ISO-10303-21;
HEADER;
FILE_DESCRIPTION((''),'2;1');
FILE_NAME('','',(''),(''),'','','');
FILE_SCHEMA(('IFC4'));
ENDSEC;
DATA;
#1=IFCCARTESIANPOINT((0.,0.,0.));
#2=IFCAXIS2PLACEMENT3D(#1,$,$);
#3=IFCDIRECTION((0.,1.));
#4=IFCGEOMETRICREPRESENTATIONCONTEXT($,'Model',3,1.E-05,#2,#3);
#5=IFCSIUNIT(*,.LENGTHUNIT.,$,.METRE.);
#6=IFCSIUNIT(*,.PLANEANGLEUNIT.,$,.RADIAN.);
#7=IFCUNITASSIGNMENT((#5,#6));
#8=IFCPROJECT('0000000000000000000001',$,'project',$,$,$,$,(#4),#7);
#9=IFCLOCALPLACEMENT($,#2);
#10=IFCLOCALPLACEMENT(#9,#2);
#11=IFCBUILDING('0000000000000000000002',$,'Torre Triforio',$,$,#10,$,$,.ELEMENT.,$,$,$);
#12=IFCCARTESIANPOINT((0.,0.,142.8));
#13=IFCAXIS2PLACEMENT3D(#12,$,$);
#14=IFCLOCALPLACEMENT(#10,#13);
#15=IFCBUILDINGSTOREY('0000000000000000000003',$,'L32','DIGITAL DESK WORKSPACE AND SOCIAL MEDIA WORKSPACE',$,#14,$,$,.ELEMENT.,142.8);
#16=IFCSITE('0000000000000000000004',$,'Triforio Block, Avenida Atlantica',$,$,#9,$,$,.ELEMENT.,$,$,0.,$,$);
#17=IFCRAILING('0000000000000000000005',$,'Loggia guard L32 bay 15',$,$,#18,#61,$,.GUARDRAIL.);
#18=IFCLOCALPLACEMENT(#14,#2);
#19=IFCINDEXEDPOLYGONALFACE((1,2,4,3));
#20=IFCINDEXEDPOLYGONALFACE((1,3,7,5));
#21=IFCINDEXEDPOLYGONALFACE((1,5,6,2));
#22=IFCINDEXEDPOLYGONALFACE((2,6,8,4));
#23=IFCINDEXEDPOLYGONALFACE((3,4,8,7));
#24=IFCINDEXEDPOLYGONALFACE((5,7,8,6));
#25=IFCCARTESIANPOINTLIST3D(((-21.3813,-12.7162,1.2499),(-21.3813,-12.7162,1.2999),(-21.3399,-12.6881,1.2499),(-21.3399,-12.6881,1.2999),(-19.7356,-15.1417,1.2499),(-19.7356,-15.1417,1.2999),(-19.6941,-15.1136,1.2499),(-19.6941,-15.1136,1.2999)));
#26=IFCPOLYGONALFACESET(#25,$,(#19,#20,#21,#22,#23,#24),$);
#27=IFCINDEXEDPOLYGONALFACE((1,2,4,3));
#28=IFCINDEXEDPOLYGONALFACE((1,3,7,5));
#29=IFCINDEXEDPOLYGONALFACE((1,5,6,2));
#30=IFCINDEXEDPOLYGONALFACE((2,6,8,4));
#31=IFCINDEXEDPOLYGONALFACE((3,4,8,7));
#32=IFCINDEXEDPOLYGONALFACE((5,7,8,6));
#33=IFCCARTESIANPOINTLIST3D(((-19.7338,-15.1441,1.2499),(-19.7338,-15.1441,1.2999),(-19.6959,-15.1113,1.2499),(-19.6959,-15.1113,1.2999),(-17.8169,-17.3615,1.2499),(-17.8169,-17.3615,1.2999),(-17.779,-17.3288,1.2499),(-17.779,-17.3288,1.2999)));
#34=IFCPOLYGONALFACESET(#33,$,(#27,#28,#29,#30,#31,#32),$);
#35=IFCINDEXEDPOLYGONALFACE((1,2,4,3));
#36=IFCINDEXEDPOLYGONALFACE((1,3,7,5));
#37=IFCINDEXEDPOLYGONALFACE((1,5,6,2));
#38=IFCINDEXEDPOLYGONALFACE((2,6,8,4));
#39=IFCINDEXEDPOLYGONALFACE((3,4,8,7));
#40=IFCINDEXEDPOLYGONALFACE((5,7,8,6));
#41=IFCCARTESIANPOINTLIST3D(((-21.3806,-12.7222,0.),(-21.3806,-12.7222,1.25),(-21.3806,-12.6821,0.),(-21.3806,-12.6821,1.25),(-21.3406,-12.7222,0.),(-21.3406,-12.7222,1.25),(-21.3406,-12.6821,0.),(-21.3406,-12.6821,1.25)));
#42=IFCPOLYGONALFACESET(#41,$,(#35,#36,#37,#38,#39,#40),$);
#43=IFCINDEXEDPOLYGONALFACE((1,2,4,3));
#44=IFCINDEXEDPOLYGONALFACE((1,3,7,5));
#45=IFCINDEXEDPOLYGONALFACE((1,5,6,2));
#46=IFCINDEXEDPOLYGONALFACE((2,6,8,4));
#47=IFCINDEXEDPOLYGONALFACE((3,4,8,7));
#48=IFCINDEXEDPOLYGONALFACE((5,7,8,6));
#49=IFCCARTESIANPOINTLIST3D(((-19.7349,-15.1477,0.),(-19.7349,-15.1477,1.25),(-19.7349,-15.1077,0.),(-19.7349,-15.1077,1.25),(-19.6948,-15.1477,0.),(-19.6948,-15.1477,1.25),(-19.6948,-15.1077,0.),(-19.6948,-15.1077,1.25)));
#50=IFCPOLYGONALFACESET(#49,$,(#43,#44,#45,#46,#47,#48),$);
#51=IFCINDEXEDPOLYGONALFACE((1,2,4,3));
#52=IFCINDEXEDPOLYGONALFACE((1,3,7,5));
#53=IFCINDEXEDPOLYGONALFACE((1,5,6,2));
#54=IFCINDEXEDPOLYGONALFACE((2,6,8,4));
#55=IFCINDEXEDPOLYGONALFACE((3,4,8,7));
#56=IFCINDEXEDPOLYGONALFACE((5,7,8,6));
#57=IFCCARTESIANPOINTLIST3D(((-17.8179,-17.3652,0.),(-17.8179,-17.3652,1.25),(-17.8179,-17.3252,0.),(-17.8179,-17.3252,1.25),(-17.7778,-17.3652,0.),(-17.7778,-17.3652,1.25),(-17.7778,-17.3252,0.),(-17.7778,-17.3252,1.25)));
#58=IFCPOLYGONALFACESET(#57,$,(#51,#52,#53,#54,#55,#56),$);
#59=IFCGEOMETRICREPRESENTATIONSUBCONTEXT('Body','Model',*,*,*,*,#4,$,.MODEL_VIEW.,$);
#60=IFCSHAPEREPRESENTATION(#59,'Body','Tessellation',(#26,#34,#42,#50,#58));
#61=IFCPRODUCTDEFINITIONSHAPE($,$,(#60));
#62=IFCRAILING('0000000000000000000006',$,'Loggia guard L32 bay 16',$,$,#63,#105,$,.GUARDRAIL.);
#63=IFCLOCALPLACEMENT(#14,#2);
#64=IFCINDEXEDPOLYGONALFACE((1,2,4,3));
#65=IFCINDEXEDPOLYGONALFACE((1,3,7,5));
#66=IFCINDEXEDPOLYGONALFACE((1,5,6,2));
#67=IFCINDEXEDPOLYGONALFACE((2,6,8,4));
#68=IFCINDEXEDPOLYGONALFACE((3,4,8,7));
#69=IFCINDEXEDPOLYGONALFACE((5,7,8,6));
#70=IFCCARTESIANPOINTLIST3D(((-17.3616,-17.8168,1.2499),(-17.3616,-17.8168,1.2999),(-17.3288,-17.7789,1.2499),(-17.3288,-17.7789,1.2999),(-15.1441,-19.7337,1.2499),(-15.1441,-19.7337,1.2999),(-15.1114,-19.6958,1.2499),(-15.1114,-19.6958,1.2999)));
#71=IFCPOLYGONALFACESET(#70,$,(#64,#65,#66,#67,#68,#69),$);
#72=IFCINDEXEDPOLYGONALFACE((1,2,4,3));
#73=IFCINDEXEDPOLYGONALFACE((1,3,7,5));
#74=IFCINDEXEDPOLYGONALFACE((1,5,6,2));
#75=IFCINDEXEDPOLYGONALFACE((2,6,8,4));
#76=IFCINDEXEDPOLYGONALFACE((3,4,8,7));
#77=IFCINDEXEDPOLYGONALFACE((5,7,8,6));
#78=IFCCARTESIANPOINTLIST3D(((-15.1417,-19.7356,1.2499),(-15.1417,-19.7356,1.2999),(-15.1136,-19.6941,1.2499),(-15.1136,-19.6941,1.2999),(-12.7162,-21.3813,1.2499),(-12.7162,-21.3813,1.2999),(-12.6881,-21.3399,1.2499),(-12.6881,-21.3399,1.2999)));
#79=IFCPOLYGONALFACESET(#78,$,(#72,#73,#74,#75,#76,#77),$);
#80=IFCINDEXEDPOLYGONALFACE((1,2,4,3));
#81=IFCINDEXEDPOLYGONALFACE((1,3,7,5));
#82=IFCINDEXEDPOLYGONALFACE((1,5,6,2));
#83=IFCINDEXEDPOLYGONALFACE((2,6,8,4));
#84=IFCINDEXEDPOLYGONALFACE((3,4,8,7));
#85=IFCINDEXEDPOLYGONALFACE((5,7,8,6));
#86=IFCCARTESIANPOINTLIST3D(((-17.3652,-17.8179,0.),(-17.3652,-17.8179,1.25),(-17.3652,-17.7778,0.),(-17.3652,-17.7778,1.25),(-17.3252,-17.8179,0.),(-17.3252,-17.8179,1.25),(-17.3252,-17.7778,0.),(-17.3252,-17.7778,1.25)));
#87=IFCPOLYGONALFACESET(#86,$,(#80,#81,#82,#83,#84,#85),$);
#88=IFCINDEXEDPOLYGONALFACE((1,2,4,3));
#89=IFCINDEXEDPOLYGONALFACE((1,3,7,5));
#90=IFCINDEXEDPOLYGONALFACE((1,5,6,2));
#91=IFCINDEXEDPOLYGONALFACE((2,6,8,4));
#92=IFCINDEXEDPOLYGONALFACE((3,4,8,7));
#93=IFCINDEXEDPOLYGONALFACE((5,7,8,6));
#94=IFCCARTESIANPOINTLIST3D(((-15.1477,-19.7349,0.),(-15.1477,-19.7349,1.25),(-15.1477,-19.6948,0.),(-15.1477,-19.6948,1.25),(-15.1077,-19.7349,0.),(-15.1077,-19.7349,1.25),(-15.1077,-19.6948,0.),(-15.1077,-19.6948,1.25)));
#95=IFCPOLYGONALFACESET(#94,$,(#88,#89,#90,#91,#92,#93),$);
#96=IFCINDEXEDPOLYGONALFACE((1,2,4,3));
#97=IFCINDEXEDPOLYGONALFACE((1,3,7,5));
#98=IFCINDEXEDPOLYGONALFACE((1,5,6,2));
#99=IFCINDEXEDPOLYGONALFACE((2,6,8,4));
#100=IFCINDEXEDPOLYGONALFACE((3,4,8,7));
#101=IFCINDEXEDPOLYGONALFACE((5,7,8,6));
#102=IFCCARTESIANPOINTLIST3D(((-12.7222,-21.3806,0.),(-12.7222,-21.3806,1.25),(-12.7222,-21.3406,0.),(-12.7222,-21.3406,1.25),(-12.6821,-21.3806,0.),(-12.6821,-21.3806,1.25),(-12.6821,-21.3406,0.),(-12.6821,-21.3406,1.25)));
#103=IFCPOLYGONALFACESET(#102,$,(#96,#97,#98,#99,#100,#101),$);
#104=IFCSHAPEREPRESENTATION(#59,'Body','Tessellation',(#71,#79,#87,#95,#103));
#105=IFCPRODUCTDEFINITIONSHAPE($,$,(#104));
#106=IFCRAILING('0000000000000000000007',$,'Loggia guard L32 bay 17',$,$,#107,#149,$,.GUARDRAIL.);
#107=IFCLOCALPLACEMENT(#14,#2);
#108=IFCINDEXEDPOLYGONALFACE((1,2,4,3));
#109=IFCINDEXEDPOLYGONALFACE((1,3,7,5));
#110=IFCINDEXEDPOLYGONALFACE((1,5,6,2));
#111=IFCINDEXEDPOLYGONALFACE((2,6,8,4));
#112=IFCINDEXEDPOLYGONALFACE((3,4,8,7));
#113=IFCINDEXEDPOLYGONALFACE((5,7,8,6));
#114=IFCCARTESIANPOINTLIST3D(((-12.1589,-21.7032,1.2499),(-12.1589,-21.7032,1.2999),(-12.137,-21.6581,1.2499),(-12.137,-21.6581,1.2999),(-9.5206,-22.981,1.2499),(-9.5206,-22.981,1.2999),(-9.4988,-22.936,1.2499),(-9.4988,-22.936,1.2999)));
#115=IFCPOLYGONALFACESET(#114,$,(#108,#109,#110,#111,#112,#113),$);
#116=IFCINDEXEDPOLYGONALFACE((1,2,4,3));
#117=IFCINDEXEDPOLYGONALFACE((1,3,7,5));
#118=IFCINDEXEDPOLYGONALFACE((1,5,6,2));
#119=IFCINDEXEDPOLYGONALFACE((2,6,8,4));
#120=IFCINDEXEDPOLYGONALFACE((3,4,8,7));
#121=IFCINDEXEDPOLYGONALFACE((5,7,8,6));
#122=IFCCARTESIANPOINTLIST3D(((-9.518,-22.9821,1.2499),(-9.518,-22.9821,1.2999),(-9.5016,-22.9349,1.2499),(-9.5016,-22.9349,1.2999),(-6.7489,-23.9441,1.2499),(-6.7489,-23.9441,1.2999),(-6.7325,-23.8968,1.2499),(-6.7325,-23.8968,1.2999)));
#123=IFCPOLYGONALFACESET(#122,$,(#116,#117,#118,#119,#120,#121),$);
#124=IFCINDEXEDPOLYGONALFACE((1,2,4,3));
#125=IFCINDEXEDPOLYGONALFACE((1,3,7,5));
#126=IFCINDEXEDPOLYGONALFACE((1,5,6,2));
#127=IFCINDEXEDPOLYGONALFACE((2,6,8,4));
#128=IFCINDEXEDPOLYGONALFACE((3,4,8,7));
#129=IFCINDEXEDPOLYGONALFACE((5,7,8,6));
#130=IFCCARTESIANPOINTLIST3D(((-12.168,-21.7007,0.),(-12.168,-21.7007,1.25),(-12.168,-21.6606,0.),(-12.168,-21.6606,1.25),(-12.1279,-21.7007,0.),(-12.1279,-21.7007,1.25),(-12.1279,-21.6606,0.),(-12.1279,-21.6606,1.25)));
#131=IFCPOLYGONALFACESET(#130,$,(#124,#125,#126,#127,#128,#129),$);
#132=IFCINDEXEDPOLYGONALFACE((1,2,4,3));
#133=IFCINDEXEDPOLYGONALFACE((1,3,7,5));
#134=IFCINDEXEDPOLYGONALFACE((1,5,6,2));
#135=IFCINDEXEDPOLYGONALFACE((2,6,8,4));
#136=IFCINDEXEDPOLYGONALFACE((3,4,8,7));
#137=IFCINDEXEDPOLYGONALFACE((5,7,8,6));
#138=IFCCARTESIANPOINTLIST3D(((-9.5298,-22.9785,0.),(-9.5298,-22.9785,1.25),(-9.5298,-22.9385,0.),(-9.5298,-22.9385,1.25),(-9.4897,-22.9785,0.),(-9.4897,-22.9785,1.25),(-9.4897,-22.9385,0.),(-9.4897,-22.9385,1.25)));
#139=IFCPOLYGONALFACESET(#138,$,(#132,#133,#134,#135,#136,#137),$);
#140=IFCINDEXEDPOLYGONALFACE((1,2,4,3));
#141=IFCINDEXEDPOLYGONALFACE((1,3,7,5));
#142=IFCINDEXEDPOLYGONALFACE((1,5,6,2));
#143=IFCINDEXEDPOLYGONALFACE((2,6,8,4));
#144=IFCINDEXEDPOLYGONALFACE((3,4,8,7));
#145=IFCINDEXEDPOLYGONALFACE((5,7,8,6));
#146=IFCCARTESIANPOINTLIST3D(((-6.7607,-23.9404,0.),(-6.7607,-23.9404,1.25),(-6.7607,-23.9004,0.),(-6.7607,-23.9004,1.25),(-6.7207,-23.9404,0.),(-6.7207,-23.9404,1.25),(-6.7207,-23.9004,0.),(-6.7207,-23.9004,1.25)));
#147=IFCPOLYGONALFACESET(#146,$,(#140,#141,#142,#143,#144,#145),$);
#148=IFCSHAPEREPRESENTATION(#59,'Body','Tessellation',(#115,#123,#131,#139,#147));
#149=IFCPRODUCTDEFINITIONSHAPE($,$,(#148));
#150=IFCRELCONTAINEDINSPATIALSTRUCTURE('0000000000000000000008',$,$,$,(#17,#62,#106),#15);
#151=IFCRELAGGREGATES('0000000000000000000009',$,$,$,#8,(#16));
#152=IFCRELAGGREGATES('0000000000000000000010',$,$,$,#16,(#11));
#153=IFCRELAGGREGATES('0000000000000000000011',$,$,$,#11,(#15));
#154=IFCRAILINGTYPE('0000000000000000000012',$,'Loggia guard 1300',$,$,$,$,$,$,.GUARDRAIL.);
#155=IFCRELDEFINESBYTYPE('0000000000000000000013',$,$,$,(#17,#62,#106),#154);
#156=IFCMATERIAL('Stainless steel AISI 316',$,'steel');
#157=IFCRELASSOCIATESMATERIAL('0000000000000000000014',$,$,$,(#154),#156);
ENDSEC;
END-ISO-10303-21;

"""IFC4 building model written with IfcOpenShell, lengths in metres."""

from ifc_helpers import new_model, si_unit, direction, frame, origin, origin_2d, place, context, subcontext, project, spatial, rectangle, extrude, material, type_object, element, save


model = new_model("IFC4")

# Units and contexts
model_context = context("Model", 3, precision=1e-05, world=origin(), true_north=direction((0.0, 1.0)))
body_context = subcontext(model_context, "Body", "Model", "MODEL_VIEW")
ifc_project = project(units=[si_unit("LENGTHUNIT", "METRE"), si_unit("PLANEANGLEUNIT", "RADIAN")], contexts=[model_context])

# Site, building, storey
site_placement = place(None, origin())
site = spatial("IfcSite", under=ifc_project, at=site_placement, Name="Triforio Block, Avenida Atlantica", CompositionType="ELEMENT", RefElevation=0.0)
building_placement = place(site_placement, origin())
building = spatial("IfcBuilding", under=site, at=building_placement, Name="Torre Triforio", CompositionType="ELEMENT")
storey_placement = place(building_placement, frame((0.0, 0.0, 142.8)))
storey = spatial("IfcBuildingStorey", under=building, at=storey_placement, Name="L32", Description="DIGITAL DESK WORKSPACE AND SOCIAL MEDIA WORKSPACE", CompositionType="ELEMENT", Elevation=142.8)

# Railings
ifc_material_1 = material(Name="Stainless steel AISI 316", Category="steel")
railing_type = type_object("IfcRailingType", Name="Loggia guard 1300", PredefinedType="GUARDRAIL", material=ifc_material_1)
railing_1_placement = place(storey_placement, frame((-21.3606, -12.7021, 0.0)))
element("IfcRailing", 1, at=railing_1_placement, inside=storey, type_object=railing_type, Name="Loggia guard L32 bay 15", PredefinedType="GUARDRAIL", context=body_context, shape_type="SweptSolid", body=[
    extrude(rectangle(XDim=0.05, YDim=0.05, at=origin_2d()), frame((0.0, 0.0, 1.2749), z_axis=(0.561467, -0.827499, 0.0), x_axis=(0.827499, 0.561467, 0.0)), (0.0, 0.0, 1.0), 2.9312),
    extrude(rectangle(XDim=0.05, YDim=0.05, at=origin_2d()), frame((1.6458, -2.4255, 1.2749), z_axis=(0.653982, -0.75651, 0.0), x_axis=(0.75651, 0.653982, 0.0)), (0.0, 0.0, 1.0), 2.9312),
    extrude(rectangle(XDim=0.04, YDim=0.04, at=origin_2d()), origin(), (0.0, 0.0, 1.0), 1.25),
    extrude(rectangle(XDim=0.04, YDim=0.04, at=origin_2d()), frame((1.6458, -2.4255, 0.0)), (0.0, 0.0, 1.0), 1.25),
    extrude(rectangle(XDim=0.04, YDim=0.04, at=origin_2d()), frame((3.5627, -4.6431, 0.0)), (0.0, 0.0, 1.0), 1.25),
])
railing_2_placement = place(storey_placement, frame((-17.3452, -17.7979, 0.0)))
element("IfcRailing", 2, at=railing_2_placement, inside=storey, type_object=railing_type, Name="Loggia guard L32 bay 16", PredefinedType="GUARDRAIL", context=body_context, shape_type="SweptSolid", body=[
    extrude(rectangle(XDim=0.05, YDim=0.05, at=origin_2d()), frame((0.0, 0.0, 1.2749), z_axis=(0.75651, -0.653982, 0.0), x_axis=(0.653982, 0.75651, 0.0)), (0.0, 0.0, 1.0), 2.9312),
    extrude(rectangle(XDim=0.05, YDim=0.05, at=origin_2d()), frame((2.2175, -1.917, 1.2749), z_axis=(0.827499, -0.561467, 0.0), x_axis=(0.561467, 0.827499, 0.0)), (0.0, 0.0, 1.0), 2.9312),
    extrude(rectangle(XDim=0.04, YDim=0.04, at=origin_2d()), origin(), (0.0, 0.0, 1.0), 1.25),
    extrude(rectangle(XDim=0.04, YDim=0.04, at=origin_2d()), frame((2.2175, -1.917, 0.0)), (0.0, 0.0, 1.0), 1.25),
    extrude(rectangle(XDim=0.04, YDim=0.04, at=origin_2d()), frame((4.6431, -3.5627, 0.0)), (0.0, 0.0, 1.0), 1.25),
])
railing_3_placement = place(storey_placement, frame((-12.1479, -21.6807, 0.0)))
element("IfcRailing", 3, at=railing_3_placement, inside=storey, type_object=railing_type, Name="Loggia guard L32 bay 17", PredefinedType="GUARDRAIL", context=body_context, shape_type="SweptSolid", body=[
    extrude(rectangle(XDim=0.05, YDim=0.05, at=origin_2d()), frame((0.0, 0.0, 1.2749), z_axis=(0.899986, -0.435918, 0.0), x_axis=(0.435918, 0.899986, 0.0)), (0.0, 0.0, 1.0), 2.9314),
    extrude(rectangle(XDim=0.05, YDim=0.05, at=origin_2d()), frame((2.6382, -1.2778, 1.2749), z_axis=(0.944627, -0.328146, 0.0), x_axis=(0.328146, 0.944627, 0.0)), (0.0, 0.0, 1.0), 2.9314),
    extrude(rectangle(XDim=0.04, YDim=0.04, at=origin_2d()), origin(), (0.0, 0.0, 1.0), 1.25),
    extrude(rectangle(XDim=0.04, YDim=0.04, at=origin_2d()), frame((2.6382, -1.2778, 0.0)), (0.0, 0.0, 1.0), 1.25),
    extrude(rectangle(XDim=0.04, YDim=0.04, at=origin_2d()), frame((5.4072, -2.2397, 0.0)), (0.0, 0.0, 1.0), 1.25),
])

save(model, "model.ifc")
